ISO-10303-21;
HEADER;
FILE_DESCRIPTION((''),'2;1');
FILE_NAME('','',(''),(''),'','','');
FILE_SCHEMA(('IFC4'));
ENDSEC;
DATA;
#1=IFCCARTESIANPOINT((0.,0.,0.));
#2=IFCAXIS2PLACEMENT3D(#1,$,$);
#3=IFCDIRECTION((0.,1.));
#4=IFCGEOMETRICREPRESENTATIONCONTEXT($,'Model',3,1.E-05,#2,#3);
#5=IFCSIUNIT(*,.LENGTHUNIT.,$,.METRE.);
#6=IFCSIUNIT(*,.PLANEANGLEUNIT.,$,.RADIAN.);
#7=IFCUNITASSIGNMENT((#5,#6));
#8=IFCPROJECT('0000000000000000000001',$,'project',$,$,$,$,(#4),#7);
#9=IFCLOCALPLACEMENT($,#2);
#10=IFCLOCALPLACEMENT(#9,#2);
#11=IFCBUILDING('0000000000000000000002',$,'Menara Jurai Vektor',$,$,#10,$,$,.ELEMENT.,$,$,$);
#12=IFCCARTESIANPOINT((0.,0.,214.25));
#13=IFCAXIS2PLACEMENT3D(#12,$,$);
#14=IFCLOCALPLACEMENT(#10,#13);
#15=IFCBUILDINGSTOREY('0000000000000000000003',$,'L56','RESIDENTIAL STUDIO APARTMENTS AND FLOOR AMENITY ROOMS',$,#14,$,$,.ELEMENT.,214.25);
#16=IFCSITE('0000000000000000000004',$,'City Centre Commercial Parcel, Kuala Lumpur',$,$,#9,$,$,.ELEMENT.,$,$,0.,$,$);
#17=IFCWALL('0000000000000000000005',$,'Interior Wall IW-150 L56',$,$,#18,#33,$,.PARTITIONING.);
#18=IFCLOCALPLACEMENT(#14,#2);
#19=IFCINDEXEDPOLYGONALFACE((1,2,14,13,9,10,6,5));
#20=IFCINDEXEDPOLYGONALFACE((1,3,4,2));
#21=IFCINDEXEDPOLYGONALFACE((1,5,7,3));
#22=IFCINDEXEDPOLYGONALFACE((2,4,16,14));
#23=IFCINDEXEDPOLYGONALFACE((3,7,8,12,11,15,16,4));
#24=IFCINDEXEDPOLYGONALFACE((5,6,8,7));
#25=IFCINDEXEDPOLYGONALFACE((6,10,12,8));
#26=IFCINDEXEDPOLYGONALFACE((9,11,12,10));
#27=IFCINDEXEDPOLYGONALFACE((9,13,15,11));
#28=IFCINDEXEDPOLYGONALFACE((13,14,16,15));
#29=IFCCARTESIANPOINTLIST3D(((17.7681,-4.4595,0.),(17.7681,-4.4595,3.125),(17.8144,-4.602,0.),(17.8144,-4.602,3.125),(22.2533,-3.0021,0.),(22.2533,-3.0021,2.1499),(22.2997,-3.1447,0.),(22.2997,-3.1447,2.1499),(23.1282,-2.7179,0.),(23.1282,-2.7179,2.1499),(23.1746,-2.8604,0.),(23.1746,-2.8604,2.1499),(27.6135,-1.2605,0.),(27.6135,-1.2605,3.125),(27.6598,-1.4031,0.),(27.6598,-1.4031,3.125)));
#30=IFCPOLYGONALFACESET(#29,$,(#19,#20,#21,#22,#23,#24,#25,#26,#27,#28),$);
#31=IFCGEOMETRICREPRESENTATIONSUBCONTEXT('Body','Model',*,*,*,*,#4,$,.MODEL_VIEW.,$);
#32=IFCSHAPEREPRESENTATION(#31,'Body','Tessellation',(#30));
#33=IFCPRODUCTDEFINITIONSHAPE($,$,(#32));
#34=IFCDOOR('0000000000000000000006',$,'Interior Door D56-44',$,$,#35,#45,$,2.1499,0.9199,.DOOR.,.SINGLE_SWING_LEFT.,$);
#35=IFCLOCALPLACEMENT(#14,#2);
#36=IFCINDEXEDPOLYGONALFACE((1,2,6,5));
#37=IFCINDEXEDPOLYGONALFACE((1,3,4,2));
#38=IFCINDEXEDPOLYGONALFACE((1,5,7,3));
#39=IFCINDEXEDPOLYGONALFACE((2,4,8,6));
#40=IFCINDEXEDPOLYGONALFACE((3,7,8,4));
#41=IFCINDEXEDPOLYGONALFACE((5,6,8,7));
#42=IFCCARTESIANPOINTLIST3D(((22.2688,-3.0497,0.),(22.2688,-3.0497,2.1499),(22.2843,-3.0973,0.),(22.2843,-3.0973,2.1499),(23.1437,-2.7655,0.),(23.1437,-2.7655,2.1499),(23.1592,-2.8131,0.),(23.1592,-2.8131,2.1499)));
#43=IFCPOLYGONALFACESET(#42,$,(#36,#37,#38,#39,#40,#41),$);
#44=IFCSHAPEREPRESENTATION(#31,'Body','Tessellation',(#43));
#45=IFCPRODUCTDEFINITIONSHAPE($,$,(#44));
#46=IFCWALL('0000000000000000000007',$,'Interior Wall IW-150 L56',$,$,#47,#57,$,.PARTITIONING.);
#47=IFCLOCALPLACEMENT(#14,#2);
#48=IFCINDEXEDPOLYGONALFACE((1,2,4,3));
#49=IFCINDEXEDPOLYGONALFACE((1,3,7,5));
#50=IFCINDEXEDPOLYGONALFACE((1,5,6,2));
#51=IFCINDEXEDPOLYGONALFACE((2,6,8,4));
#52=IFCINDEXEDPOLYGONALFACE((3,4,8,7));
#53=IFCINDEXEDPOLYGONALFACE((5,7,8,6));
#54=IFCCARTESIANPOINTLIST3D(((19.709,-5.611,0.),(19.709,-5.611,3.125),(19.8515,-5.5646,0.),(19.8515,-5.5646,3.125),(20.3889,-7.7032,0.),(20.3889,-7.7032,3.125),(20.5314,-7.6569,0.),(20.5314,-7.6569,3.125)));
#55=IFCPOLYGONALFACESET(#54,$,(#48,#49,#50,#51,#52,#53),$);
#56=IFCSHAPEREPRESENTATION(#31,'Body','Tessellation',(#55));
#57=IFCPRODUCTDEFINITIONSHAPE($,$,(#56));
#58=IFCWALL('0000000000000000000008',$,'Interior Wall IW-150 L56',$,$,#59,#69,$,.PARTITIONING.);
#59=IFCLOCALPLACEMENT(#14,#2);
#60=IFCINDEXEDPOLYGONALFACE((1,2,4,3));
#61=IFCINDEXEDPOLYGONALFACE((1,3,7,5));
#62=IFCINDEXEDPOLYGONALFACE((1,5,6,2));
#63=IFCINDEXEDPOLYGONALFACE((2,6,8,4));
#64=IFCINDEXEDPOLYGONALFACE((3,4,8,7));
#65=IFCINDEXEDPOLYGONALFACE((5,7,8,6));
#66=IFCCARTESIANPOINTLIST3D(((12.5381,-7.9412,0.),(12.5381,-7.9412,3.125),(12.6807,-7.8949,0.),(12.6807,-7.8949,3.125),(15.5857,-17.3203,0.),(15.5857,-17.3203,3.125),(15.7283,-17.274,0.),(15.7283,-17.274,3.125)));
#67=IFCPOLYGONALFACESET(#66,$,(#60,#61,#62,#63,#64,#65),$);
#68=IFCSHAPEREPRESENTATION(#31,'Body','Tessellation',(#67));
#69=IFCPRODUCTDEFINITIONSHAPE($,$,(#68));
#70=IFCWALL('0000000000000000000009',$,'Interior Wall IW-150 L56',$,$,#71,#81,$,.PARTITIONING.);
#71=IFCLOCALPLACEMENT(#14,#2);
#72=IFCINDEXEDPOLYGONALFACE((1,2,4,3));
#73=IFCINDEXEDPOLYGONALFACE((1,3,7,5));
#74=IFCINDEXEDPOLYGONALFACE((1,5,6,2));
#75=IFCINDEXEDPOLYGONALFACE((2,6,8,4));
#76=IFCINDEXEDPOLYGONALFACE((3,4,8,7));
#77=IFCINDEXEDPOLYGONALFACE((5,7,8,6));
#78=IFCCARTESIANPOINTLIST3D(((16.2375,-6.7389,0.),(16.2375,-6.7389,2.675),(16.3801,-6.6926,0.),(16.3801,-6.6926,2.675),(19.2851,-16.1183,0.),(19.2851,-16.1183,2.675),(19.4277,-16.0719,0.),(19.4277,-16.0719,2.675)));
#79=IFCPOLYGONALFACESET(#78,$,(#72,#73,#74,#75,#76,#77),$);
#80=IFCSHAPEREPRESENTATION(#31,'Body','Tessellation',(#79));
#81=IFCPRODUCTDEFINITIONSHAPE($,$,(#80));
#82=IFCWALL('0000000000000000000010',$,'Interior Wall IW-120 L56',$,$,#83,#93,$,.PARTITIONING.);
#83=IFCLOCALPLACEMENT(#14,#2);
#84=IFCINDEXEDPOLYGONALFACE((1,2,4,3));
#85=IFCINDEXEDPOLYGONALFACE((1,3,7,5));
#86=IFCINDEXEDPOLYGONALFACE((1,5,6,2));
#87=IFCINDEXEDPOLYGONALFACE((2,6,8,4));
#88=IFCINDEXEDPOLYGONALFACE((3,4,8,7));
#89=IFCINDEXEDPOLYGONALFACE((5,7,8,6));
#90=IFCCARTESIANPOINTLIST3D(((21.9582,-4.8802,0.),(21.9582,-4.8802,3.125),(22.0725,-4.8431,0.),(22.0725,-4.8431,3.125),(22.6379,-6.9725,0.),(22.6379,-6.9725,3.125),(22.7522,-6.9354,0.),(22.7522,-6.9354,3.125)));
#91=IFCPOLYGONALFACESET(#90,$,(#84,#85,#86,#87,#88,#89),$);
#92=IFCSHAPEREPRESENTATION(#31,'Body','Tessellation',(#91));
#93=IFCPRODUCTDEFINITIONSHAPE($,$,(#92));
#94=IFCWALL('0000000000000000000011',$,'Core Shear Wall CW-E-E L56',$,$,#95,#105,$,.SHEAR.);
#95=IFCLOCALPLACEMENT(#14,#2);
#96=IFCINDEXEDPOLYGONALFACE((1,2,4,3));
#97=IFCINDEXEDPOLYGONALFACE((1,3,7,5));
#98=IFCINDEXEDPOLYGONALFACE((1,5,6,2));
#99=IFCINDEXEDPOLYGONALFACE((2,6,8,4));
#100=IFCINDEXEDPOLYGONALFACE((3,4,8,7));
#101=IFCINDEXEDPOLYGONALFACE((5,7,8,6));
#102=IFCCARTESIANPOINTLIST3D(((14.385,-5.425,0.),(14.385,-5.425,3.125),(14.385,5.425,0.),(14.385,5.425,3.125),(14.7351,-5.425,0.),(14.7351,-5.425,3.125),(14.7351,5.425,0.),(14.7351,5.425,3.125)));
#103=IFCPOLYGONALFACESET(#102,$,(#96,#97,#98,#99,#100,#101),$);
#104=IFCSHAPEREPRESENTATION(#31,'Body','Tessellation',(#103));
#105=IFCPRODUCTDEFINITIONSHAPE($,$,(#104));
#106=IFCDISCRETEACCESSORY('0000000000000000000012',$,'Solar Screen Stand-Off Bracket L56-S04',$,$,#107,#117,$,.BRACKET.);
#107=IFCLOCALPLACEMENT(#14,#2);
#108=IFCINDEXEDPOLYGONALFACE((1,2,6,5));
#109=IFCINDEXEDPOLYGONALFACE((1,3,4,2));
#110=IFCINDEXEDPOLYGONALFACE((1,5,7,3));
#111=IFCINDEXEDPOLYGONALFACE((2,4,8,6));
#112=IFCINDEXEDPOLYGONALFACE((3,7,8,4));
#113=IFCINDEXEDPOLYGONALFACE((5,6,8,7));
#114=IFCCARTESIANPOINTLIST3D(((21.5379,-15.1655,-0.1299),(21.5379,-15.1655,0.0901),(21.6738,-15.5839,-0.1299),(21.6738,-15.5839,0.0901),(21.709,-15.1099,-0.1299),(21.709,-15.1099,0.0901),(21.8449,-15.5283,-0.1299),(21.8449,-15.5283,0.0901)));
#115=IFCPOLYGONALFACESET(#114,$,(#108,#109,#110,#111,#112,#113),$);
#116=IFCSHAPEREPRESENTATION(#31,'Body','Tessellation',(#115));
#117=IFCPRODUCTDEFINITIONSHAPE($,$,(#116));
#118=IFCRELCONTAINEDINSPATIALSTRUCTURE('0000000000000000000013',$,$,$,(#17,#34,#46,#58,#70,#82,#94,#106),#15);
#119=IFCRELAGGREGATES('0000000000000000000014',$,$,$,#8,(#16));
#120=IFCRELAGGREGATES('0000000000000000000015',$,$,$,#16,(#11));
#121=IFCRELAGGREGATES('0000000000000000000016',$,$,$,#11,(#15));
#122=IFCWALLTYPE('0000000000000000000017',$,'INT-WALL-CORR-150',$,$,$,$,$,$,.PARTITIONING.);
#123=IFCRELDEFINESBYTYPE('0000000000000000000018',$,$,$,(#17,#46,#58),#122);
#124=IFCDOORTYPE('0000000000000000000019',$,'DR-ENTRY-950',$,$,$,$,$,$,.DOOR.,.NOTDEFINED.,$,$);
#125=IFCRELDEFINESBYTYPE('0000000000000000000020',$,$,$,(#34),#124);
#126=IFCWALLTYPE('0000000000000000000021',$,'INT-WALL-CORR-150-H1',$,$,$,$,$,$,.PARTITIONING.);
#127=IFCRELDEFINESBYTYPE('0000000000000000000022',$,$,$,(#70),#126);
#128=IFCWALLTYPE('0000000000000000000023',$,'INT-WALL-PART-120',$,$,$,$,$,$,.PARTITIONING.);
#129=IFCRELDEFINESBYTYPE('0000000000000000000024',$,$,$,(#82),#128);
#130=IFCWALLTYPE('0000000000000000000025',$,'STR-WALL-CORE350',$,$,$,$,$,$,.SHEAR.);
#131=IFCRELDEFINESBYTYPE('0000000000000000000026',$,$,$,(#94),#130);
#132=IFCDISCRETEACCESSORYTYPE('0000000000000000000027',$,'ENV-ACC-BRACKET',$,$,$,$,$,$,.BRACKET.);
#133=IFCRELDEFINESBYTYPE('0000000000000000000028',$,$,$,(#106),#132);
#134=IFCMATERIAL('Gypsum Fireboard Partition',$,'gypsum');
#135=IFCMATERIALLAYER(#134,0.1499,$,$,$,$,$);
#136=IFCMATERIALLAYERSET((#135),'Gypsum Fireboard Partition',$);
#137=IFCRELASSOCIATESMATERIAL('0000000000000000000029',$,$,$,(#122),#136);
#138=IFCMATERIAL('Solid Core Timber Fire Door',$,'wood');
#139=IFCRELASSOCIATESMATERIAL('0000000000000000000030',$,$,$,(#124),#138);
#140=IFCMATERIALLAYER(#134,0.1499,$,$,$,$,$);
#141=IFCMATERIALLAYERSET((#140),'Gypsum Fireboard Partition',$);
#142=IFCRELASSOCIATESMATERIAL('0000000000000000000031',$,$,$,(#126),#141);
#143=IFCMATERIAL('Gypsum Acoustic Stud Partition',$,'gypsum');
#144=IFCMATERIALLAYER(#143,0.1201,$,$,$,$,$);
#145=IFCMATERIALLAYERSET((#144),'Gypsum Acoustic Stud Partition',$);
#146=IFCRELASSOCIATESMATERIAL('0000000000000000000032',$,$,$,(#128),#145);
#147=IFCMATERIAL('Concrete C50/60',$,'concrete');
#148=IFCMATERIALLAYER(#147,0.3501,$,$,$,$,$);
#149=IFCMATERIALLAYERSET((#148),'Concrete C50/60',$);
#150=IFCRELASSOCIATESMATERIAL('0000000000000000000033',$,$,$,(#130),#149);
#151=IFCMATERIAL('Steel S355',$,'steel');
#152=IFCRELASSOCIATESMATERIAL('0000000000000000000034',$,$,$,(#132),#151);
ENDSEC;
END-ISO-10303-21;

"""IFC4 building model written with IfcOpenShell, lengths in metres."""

from ifc_helpers import new_model, si_unit, direction, frame, frame_2d, origin, origin_2d, place, context, subcontext, project, spatial, rectangle, extrude, material, layer, layer_set, type_object, element, fill, save


model = new_model("IFC4")

# Units and contexts
model_context = context("Model", 3, precision=1e-05, world=origin(), true_north=direction((0.0, 1.0)))
body_context = subcontext(model_context, "Body", "Model", "MODEL_VIEW")
ifc_project = project(units=[si_unit("LENGTHUNIT", "METRE"), si_unit("PLANEANGLEUNIT", "RADIAN")], contexts=[model_context])

# Site, building, storey
site_placement = place(None, origin())
site = spatial("IfcSite", under=ifc_project, at=site_placement, Name="City Centre Commercial Parcel, Kuala Lumpur", CompositionType="ELEMENT", RefElevation=0.0)
building_placement = place(site_placement, origin())
building = spatial("IfcBuilding", under=site, at=building_placement, Name="Menara Jurai Vektor", CompositionType="ELEMENT")
storey_placement = place(building_placement, frame((0.0, 0.0, 214.25)))
storey = spatial("IfcBuildingStorey", under=building, at=storey_placement, Name="L56", Description="RESIDENTIAL STUDIO APARTMENTS AND FLOOR AMENITY ROOMS", CompositionType="ELEMENT", Elevation=214.25)

# Shared definitions
ifc_material_1 = material(Name="Concrete C50/60", Category="concrete")

# Shared definitions
ifc_material_2 = material(Name="Steel S355", Category="steel")

# Shared definitions
ifc_material_3 = material(Name="Gypsum Fireboard Partition", Category="gypsum")
ifc_layer_1 = layer(ifc_material_3, 0.1499)
ifc_layer_set_1 = layer_set([ifc_layer_1], Name="Gypsum Fireboard Partition")
wall_type_1 = type_object("IfcWallType", Name="INT-WALL-CORR-150", PredefinedType="PARTITIONING", material=ifc_layer_set_1)

# Wall, opening, door
wall_1_placement = place(storey_placement, frame((17.7913, -4.5308, 0.0), z_axis=(0.0, 0.0, 1.0), x_axis=(0.951057, 0.309016, 0.0)))
wall_1 = element("IfcWall", 1, at=wall_1_placement, inside=storey, type_object=wall_type_1, Name="Interior Wall IW-150 L56", PredefinedType="PARTITIONING", context=body_context, shape_type="SweptSolid", body=[
    extrude(rectangle(XDim=10.3521, YDim=0.1499, at=frame_2d((5.176, 0.0))), origin(), (0.0, 0.0, 1.0), 3.125),
])
opening_1_placement = place(wall_1_placement, frame((4.7161, 0.0, 0.0)))
opening_1 = element("IfcOpeningElement", 2, at=opening_1_placement, cuts=wall_1, PredefinedType="OPENING", context=body_context, shape_type="SweptSolid", body=[
    extrude(rectangle(XDim=0.9199, YDim=2.1499, at=frame_2d((0.46, 1.075))), frame((0.0, 0.085, 0.0), z_axis=(0.0, -1.0, 0.0), x_axis=(1.0, 0.0, 0.0)), (0.0, 0.0, 1.0), 0.1699),
])
ifc_material_4 = material(Name="Solid Core Timber Fire Door", Category="wood")
door_type_1 = type_object("IfcDoorType", Name="DR-ENTRY-950", OperationType="NOTDEFINED", PredefinedType="DOOR", material=ifc_material_4)
door_1_placement = place(opening_1_placement, origin())
door_1 = element("IfcDoor", 3, at=door_1_placement, inside=storey, type_object=door_type_1, Name="Interior Door D56-44", OperationType="SINGLE_SWING_LEFT", OverallHeight=2.1499, OverallWidth=0.9199, PredefinedType="DOOR", context=body_context, shape_type="SweptSolid", body=[
    extrude(rectangle(XDim=0.9199, YDim=2.1499, at=frame_2d((0.46, 1.075))), frame((0.0, 0.0249, 0.0), z_axis=(0.0, -1.0, 0.0), x_axis=(1.0, 0.0, 0.0)), (0.0, 0.0, 1.0), 0.05),
])
fill(opening_1, door_1)

# Wall
wall_2_placement = place(storey_placement, frame((20.4602, -7.6802, 0.0), z_axis=(0.0, 0.0, 1.0), x_axis=(-0.309061, 0.951042, 0.0)))
element("IfcWall", 4, at=wall_2_placement, inside=storey, type_object=wall_type_1, Name="Interior Wall IW-150 L56", PredefinedType="PARTITIONING", context=body_context, shape_type="SweptSolid", body=[
    extrude(rectangle(XDim=2.2, YDim=0.1499, at=frame_2d((1.1001, 0.0))), origin(), (0.0, 0.0, 1.0), 3.125),
])

# Walls
wall_3_placement = place(storey_placement, frame((15.657, -17.2971, 0.0), z_axis=(0.0, 0.0, 1.0), x_axis=(-0.30903, 0.951052, 0.0)))
element("IfcWall", 5, at=wall_3_placement, inside=storey, type_object=wall_type_1, Name="Interior Wall IW-150 L56", PredefinedType="PARTITIONING", context=body_context, shape_type="SweptSolid", body=[
    extrude(rectangle(XDim=9.8618, YDim=0.1499, at=frame_2d((4.9309, 0.0))), origin(), (0.0, 0.0, 1.0), 3.125),
])
ifc_layer_2 = layer(ifc_material_3, 0.1499)
ifc_layer_set_2 = layer_set([ifc_layer_2], Name="Gypsum Fireboard Partition")
wall_type_2 = type_object("IfcWallType", Name="INT-WALL-CORR-150-H1", PredefinedType="PARTITIONING", material=ifc_layer_set_2)
wall_4_placement = place(storey_placement, frame((19.3564, -16.0952, 0.0), z_axis=(0.0, 0.0, 1.0), x_axis=(-0.309022, 0.951055, 0.0)))
element("IfcWall", 6, at=wall_4_placement, inside=storey, type_object=wall_type_2, Name="Interior Wall IW-150 L56", PredefinedType="PARTITIONING", context=body_context, shape_type="SweptSolid", body=[
    extrude(rectangle(XDim=9.8621, YDim=0.1499, at=frame_2d((4.9312, 0.0))), origin(), (0.0, 0.0, 1.0), 2.675),
])
ifc_material_5 = material(Name="Gypsum Acoustic Stud Partition", Category="gypsum")
ifc_layer_3 = layer(ifc_material_5, 0.1201)
ifc_layer_set_3 = layer_set([ifc_layer_3], Name="Gypsum Acoustic Stud Partition")
wall_type_3 = type_object("IfcWallType", Name="INT-WALL-PART-120", PredefinedType="PARTITIONING", material=ifc_layer_set_3)
wall_5_placement = place(storey_placement, frame((22.6951, -6.9541, 0.0), z_axis=(0.0, 0.0, 1.0), x_axis=(-0.308961, 0.951075, 0.0)))
element("IfcWall", 7, at=wall_5_placement, inside=storey, type_object=wall_type_3, Name="Interior Wall IW-120 L56", PredefinedType="PARTITIONING", context=body_context, shape_type="SweptSolid", body=[
    extrude(rectangle(XDim=2.2, YDim=0.1201, at=frame_2d((1.1001, 0.0))), origin(), (0.0, 0.0, 1.0), 3.125),
])
ifc_layer_4 = layer(ifc_material_1, 0.3501)
ifc_layer_set_4 = layer_set([ifc_layer_4], Name="Concrete C50/60")
wall_type_4 = type_object("IfcWallType", Name="STR-WALL-CORE350", PredefinedType="SHEAR", material=ifc_layer_set_4)
wall_6_placement = place(storey_placement, frame((14.5601, -5.425, 0.0), z_axis=(0.0, 0.0, 1.0), x_axis=(0.0, 1.0, 0.0)))
element("IfcWall", 8, at=wall_6_placement, inside=storey, type_object=wall_type_4, Name="Core Shear Wall CW-E-E L56", PredefinedType="SHEAR", context=body_context, shape_type="SweptSolid", body=[
    extrude(rectangle(XDim=10.8501, YDim=0.3501, at=frame_2d((5.425, 0.0))), origin(), (0.0, 0.0, 1.0), 3.125),
])

# Discrete accessory
discrete_accessory_type = type_object("IfcDiscreteAccessoryType", Name="ENV-ACC-BRACKET", PredefinedType="BRACKET", material=ifc_material_2)
discrete_accessory_placement = place(storey_placement, frame((21.6914, -15.3469, -0.1299), z_axis=(0.0, 0.0, 1.0), x_axis=(0.951057, 0.309017, 0.0)))
element("IfcDiscreteAccessory", 9, at=discrete_accessory_placement, inside=storey, type_object=discrete_accessory_type, Name="Solar Screen Stand-Off Bracket L56-S04", PredefinedType="BRACKET", context=body_context, shape_type="SweptSolid", body=[
    extrude(rectangle(XDim=0.1799, YDim=0.4399, at=origin_2d()), origin(), (0.0, 0.0, 1.0), 0.22),
])

save(model, "model.ifc")
